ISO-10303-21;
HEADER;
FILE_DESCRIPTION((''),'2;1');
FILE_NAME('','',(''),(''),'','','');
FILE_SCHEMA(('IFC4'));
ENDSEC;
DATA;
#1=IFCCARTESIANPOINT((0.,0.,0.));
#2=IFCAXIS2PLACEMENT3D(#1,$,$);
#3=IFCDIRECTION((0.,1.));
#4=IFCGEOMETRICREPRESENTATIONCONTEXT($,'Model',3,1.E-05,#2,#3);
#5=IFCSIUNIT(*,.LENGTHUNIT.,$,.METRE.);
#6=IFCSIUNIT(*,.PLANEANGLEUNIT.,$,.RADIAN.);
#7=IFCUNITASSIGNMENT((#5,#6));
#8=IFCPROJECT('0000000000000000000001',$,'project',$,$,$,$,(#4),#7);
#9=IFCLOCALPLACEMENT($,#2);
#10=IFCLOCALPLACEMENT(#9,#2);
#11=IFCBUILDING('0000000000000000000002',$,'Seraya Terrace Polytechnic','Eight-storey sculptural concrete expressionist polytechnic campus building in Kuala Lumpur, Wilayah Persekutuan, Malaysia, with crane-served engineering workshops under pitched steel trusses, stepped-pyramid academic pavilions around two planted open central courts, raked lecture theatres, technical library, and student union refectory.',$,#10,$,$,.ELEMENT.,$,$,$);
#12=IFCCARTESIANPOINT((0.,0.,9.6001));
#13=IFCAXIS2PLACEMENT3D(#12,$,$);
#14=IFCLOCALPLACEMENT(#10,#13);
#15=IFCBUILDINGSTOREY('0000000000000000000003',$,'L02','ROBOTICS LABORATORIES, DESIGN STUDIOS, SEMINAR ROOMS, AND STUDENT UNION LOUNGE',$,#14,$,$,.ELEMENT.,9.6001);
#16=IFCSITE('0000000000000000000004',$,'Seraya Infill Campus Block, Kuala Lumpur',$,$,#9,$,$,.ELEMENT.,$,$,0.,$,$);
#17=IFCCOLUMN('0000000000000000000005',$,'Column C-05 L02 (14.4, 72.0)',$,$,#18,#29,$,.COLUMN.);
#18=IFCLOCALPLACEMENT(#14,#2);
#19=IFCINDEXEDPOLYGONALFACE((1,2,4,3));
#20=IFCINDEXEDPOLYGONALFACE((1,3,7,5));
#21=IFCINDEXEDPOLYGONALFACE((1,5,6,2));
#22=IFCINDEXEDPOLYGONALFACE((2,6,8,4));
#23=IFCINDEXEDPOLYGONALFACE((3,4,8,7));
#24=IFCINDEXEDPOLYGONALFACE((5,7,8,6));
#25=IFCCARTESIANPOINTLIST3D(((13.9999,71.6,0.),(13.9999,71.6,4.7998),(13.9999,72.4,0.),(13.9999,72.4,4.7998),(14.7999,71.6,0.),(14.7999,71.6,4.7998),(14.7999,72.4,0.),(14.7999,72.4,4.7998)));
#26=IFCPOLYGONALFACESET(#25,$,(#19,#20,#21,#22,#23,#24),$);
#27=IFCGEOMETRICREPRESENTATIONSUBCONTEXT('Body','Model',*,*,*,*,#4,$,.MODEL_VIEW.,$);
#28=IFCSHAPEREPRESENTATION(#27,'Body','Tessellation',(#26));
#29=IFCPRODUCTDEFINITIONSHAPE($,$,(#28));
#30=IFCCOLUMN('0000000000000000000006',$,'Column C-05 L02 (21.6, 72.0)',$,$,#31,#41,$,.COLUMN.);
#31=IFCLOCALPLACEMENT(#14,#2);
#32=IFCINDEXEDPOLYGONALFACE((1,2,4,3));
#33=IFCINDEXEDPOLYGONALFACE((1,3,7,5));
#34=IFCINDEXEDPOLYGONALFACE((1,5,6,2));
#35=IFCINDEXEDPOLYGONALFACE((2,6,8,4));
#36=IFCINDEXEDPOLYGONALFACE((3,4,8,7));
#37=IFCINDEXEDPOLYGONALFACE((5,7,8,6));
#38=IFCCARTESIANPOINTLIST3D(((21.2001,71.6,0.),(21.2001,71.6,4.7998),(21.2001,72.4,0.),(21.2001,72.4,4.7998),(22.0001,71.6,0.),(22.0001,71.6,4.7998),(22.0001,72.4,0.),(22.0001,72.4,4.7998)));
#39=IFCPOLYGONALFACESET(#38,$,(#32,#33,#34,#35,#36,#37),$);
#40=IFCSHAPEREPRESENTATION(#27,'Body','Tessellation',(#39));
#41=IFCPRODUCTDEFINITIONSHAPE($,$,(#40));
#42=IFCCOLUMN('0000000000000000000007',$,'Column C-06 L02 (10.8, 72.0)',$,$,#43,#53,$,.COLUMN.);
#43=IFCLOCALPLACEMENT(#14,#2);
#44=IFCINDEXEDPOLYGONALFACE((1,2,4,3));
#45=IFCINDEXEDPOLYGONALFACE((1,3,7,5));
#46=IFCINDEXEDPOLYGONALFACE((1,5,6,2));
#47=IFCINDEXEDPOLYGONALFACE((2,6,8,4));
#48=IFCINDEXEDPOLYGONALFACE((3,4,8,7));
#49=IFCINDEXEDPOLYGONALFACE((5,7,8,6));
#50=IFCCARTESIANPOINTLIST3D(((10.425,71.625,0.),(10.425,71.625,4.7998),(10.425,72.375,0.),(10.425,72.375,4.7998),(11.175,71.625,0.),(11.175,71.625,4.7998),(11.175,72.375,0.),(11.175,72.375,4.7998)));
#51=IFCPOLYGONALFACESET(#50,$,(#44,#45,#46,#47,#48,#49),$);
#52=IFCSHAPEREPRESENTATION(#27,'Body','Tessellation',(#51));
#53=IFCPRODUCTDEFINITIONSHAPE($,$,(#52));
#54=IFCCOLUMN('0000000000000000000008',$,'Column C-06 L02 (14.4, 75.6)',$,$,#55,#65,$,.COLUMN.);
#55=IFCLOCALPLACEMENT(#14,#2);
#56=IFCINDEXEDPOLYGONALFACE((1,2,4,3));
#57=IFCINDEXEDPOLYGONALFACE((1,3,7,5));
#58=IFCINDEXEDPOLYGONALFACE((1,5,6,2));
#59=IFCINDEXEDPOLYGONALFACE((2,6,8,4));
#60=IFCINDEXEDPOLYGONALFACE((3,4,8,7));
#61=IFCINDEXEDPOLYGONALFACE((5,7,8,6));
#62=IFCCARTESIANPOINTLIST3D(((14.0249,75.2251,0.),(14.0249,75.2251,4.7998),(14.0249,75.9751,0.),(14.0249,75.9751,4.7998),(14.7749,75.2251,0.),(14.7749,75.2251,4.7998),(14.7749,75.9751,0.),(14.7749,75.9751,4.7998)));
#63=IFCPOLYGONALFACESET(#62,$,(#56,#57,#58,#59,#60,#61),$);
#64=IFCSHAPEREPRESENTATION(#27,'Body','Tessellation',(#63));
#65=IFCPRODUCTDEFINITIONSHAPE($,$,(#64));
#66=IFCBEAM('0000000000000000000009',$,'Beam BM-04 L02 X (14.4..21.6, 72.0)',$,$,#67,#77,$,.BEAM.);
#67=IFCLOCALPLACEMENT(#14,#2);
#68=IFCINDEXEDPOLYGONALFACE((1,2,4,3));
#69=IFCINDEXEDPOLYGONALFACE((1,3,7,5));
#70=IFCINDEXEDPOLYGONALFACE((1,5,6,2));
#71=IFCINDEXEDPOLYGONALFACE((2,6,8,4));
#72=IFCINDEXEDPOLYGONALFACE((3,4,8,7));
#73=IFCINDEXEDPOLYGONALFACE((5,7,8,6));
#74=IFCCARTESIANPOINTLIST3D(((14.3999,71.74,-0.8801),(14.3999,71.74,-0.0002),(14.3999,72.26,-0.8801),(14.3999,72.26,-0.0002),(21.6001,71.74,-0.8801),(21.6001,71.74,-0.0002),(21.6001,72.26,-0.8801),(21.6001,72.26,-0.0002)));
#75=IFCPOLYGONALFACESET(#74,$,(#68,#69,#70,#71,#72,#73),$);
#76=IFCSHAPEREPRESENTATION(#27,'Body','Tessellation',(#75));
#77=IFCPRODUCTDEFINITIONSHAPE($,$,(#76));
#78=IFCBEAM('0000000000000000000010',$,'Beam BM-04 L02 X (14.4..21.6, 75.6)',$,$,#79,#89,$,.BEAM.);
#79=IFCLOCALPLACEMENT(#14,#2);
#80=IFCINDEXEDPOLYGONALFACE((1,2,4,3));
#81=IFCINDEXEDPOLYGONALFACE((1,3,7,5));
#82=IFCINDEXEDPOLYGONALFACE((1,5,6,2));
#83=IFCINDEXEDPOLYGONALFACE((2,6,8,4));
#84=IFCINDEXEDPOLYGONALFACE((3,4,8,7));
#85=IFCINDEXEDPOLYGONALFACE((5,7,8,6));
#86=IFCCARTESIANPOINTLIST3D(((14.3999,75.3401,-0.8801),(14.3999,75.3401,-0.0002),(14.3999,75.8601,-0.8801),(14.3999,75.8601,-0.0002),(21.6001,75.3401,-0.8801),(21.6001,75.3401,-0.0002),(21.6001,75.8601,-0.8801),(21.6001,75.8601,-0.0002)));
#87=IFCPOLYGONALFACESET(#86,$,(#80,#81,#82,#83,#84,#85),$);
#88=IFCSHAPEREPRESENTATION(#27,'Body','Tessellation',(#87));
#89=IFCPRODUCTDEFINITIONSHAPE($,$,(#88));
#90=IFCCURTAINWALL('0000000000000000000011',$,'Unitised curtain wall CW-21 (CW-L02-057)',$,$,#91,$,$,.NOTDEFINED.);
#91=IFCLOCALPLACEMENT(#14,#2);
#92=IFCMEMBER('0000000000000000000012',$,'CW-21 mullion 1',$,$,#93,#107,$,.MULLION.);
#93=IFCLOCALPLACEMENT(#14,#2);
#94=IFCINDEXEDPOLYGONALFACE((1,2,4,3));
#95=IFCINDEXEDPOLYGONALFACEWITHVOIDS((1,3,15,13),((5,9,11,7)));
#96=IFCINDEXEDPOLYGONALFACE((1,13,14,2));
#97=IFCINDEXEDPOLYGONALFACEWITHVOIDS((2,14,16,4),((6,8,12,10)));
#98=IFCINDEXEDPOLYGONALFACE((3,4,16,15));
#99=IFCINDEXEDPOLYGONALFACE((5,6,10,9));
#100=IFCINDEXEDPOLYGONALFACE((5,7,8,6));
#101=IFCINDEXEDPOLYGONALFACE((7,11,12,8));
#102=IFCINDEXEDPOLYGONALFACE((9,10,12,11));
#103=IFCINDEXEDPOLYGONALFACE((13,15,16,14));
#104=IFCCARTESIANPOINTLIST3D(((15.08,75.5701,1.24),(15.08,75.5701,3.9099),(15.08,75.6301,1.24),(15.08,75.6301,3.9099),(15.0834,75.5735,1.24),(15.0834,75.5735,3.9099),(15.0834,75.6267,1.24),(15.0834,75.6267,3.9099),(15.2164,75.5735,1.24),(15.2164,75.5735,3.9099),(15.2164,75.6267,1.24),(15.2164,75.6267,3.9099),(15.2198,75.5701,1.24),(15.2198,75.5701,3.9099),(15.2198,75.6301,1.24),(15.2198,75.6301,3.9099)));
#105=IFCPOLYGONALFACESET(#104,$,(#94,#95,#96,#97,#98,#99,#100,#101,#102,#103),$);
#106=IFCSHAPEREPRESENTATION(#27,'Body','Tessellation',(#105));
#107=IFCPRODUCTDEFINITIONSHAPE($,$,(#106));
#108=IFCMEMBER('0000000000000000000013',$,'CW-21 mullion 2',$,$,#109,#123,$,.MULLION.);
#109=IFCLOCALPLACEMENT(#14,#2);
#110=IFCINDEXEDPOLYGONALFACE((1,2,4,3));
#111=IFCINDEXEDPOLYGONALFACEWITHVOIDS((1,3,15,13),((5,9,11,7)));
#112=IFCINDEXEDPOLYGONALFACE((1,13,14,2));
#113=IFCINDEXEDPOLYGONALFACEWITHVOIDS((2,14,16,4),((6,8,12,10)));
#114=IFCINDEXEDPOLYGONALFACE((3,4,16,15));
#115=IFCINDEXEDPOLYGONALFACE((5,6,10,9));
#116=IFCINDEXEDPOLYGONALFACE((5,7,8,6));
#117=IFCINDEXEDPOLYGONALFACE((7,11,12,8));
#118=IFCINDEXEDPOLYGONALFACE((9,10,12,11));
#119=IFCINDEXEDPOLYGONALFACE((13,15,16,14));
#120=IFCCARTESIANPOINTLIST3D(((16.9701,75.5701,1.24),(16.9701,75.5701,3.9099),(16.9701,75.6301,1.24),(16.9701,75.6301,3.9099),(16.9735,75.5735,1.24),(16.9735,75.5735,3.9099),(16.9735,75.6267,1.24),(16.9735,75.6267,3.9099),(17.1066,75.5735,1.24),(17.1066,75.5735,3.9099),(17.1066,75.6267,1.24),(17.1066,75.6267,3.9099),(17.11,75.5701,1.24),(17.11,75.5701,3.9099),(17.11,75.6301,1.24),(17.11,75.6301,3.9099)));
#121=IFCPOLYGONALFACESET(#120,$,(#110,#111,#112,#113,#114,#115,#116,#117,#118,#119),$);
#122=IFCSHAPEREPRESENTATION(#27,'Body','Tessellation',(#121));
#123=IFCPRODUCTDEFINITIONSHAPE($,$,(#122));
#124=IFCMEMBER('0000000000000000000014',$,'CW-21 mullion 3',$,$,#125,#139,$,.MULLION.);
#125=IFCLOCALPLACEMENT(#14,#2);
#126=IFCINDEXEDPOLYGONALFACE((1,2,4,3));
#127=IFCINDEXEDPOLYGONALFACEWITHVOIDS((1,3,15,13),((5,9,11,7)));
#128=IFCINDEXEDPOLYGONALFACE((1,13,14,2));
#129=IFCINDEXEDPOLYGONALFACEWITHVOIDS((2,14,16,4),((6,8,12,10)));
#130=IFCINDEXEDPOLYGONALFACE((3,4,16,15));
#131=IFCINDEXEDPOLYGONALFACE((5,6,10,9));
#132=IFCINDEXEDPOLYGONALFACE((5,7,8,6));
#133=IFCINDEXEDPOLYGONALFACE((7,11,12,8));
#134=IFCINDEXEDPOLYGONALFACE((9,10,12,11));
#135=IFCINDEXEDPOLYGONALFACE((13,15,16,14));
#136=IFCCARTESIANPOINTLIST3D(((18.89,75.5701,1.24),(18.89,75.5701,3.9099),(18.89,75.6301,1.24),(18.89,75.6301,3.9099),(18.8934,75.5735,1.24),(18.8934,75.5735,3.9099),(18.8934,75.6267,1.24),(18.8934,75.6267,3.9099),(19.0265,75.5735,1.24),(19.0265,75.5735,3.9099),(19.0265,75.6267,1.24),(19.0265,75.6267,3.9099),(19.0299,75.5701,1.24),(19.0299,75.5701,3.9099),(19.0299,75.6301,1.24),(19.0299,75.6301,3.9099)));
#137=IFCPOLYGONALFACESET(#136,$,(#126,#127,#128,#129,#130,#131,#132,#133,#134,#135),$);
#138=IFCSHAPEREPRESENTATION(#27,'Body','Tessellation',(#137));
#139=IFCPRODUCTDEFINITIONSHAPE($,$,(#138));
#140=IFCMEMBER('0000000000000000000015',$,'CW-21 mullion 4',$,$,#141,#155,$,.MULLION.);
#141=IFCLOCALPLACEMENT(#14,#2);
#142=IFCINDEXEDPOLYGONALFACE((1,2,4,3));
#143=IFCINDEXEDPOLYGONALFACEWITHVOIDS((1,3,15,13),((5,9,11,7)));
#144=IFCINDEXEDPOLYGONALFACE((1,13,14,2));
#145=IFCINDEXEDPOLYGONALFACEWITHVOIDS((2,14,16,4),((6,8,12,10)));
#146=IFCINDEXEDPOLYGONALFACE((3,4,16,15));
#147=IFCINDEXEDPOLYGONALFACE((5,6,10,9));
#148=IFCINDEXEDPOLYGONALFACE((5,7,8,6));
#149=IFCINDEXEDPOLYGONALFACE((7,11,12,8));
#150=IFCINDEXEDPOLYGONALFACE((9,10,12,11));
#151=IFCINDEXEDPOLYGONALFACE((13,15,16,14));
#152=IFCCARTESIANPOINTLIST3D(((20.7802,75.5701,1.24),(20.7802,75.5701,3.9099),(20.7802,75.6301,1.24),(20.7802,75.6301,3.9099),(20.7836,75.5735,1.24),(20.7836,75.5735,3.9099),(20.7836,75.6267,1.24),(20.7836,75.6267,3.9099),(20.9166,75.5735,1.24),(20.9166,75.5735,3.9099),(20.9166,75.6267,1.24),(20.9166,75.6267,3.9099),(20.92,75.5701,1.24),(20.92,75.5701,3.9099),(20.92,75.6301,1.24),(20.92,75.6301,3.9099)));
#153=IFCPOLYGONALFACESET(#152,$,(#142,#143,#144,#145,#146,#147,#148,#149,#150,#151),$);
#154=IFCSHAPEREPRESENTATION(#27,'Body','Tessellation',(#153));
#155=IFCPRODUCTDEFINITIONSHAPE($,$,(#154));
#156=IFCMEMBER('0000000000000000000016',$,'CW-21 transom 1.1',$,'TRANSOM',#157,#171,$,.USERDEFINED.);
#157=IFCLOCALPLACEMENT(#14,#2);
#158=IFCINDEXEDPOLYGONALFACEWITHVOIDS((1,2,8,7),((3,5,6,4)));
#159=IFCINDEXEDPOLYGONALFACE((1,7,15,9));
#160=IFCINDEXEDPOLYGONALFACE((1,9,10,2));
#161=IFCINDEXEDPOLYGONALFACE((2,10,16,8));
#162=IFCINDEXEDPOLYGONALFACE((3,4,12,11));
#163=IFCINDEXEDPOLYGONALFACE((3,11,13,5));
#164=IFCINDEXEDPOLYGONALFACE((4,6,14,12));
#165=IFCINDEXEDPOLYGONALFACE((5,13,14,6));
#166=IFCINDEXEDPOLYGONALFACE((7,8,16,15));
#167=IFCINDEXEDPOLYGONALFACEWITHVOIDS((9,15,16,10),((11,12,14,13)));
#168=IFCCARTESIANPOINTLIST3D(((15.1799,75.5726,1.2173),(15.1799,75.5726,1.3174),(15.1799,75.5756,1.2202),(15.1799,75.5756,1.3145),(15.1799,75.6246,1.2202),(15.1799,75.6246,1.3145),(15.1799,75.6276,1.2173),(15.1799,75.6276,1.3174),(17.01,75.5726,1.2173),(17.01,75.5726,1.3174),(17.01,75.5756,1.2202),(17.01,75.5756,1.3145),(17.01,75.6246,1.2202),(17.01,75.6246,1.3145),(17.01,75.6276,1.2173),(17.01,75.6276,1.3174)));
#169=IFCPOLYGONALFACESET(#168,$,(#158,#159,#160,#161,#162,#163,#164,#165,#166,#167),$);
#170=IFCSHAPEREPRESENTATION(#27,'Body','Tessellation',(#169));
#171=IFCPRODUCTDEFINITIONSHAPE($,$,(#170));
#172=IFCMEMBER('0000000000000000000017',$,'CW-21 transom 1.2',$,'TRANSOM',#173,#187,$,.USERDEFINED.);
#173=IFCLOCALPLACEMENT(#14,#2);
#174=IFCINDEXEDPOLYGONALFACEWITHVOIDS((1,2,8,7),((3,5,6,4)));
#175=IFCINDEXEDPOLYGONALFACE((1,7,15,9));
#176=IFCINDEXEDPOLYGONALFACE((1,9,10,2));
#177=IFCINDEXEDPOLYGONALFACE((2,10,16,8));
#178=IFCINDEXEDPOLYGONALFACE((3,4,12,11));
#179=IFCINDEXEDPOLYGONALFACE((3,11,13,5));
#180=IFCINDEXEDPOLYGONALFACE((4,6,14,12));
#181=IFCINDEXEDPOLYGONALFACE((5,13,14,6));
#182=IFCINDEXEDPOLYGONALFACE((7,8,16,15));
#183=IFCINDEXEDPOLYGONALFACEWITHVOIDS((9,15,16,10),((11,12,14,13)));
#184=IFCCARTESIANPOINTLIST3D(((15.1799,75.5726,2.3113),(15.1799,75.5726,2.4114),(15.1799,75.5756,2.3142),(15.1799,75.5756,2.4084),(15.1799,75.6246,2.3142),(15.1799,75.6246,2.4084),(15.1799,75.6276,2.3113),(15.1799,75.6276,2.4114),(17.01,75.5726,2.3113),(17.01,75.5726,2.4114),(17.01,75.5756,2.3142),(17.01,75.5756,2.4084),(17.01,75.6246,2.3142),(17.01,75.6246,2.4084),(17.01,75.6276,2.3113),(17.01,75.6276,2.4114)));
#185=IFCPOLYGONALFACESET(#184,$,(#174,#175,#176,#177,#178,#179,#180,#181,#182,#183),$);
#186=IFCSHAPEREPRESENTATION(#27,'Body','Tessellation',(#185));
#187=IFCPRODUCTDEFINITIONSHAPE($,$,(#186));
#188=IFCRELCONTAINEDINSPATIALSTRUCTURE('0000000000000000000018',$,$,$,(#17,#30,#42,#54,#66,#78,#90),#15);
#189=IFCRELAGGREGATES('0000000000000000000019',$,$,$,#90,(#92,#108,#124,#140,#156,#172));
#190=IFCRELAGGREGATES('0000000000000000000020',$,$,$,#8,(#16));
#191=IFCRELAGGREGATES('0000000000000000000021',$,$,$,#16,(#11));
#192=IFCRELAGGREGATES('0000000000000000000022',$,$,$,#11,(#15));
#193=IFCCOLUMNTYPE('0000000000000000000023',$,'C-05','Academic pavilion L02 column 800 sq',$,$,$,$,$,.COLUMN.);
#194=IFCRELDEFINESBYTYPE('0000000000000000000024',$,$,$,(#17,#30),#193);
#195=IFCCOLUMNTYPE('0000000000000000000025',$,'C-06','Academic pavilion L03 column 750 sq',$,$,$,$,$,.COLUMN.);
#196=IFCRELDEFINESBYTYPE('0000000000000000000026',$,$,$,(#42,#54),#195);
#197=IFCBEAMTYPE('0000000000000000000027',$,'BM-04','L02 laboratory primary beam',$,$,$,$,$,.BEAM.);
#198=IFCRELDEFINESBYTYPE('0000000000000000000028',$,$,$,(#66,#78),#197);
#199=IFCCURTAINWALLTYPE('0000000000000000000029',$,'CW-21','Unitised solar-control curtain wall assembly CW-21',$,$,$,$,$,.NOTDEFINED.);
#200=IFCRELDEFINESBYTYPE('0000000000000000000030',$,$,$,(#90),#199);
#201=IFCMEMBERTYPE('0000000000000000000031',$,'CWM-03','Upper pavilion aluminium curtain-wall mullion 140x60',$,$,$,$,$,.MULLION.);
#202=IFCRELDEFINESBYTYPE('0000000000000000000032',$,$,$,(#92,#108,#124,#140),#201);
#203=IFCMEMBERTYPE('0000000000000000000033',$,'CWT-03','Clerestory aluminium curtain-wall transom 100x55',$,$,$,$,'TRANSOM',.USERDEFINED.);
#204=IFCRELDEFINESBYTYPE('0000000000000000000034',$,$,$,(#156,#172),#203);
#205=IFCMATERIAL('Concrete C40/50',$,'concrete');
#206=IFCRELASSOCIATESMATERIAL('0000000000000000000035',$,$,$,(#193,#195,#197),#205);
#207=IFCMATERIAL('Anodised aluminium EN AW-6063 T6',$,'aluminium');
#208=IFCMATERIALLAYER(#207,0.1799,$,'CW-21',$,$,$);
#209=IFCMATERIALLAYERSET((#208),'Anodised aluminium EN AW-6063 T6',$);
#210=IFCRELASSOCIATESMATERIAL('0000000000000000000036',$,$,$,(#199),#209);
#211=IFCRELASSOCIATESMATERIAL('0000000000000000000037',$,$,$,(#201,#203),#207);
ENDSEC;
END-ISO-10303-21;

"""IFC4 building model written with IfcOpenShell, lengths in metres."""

from ifc_helpers import new_model, si_unit, direction, frame, origin, origin_2d, place, context, subcontext, project, spatial, rectangle, hollow_rectangle, extrude, material, layer, layer_set, material_profile, profile_set, type_object, element, aggregate, save


model = new_model("IFC4")

# Units and contexts
model_context = context("Model", 3, precision=1e-05, world=origin(), true_north=direction((0.0, 1.0)))
body_context = subcontext(model_context, "Body", "Model", "MODEL_VIEW")
ifc_project = project(units=[si_unit("LENGTHUNIT", "METRE"), si_unit("PLANEANGLEUNIT", "RADIAN")], contexts=[model_context])

# Site, building, storey
site_placement = place(None, origin())
site = spatial("IfcSite", under=ifc_project, at=site_placement, Name="Seraya Infill Campus Block, Kuala Lumpur", CompositionType="ELEMENT", RefElevation=0.0)
building_placement = place(site_placement, origin())
building = spatial("IfcBuilding", under=site, at=building_placement, Name="Seraya Terrace Polytechnic", Description="Eight-storey sculptural concrete expressionist polytechnic campus building in Kuala Lumpur, Wilayah Persekutuan, Malaysia, with crane-served engineering workshops under pitched steel trusses, stepped-pyramid academic pavilions around two planted open central courts, raked lecture theatres, technical library, and student union refectory.", CompositionType="ELEMENT")
storey_placement = place(building_placement, frame((0.0, 0.0, 9.6001)))
storey = spatial("IfcBuildingStorey", under=building, at=storey_placement, Name="L02", Description="ROBOTICS LABORATORIES, DESIGN STUDIOS, SEMINAR ROOMS, AND STUDENT UNION LOUNGE", CompositionType="ELEMENT", Elevation=9.6001)

# Columns
ifc_material_1 = material(Name="Concrete C40/50", Category="concrete")
ifc_material_profile_1 = material_profile(ifc_material_1, rectangle(XDim=0.8, YDim=0.8, at=origin_2d()), Name="RC 800x800")
ifc_profile_set_1 = profile_set([ifc_material_profile_1], Name="Concrete C40/50")
column_type_1 = type_object("IfcColumnType", Name="C-05", Description="Academic pavilion L02 column 800 sq", PredefinedType="COLUMN", material=ifc_profile_set_1)
for number, where, z_axis, x_axis, name in (
    (1, (14.3999, 72.0, 0.0), (0.0, 0.0, 1.0), (1.0, 0.0, 0.0), "Column C-05 L02 (14.4, 72.0)"),
    (2, (21.6001, 72.0, 0.0), (0.0, 0.0, 1.0), (1.0, 0.0, 0.0), "Column C-05 L02 (21.6, 72.0)"),
):
    element("IfcColumn", number, at=place(storey_placement, frame(where, z_axis=z_axis, x_axis=x_axis)), inside=storey, type_object=column_type_1, Name=name, PredefinedType="COLUMN", context=body_context, shape_type="SweptSolid", body=[
        extrude(rectangle(XDim=0.8, YDim=0.8, at=origin_2d()), origin(), (0.0, 0.0, 1.0), 4.7998),
    ])
ifc_material_profile_2 = material_profile(ifc_material_1, rectangle(XDim=0.75, YDim=0.75, at=origin_2d()), Name="RC 750x750")
ifc_profile_set_2 = profile_set([ifc_material_profile_2], Name="Concrete C40/50")
column_type_2 = type_object("IfcColumnType", Name="C-06", Description="Academic pavilion L03 column 750 sq", PredefinedType="COLUMN", material=ifc_profile_set_2)
for number, where, z_axis, x_axis, name in (
    (3, (10.8, 72.0, 0.0), (0.0, 0.0, 1.0), (1.0, 0.0, 0.0), "Column C-06 L02 (10.8, 72.0)"),
    (4, (14.3999, 75.6001, 0.0), (0.0, 0.0, 1.0), (1.0, 0.0, 0.0), "Column C-06 L02 (14.4, 75.6)"),
):
    element("IfcColumn", number, at=place(storey_placement, frame(where, z_axis=z_axis, x_axis=x_axis)), inside=storey, type_object=column_type_2, Name=name, PredefinedType="COLUMN", context=body_context, shape_type="SweptSolid", body=[
        extrude(rectangle(XDim=0.75, YDim=0.75, at=origin_2d()), origin(), (0.0, 0.0, 1.0), 4.7998),
    ])

# Beams
ifc_material_profile_3 = material_profile(ifc_material_1, rectangle(XDim=0.52, YDim=0.8799, at=origin_2d()), Name="RC 520x880")
ifc_profile_set_3 = profile_set([ifc_material_profile_3], Name="Concrete C40/50")
beam_type_1 = type_object("IfcBeamType", Name="BM-04", Description="L02 laboratory primary beam", PredefinedType="BEAM", material=ifc_profile_set_3)
for number, where, z_axis, x_axis, name in (
    (5, (14.3999, 72.0, -0.4402), (1.0, 0.0, 0.0), (0.0, 1.0, 0.0), "Beam BM-04 L02 X (14.4..21.6, 72.0)"),
    (6, (14.3999, 75.6001, -0.4402), (1.0, 0.0, 0.0), (0.0, 1.0, 0.0), "Beam BM-04 L02 X (14.4..21.6, 75.6)"),
):
    element("IfcBeam", number, at=place(storey_placement, frame(where, z_axis=z_axis, x_axis=x_axis)), inside=storey, type_object=beam_type_1, Name=name, PredefinedType="BEAM", context=body_context, shape_type="SweptSolid", body=[
        extrude(rectangle(XDim=0.52, YDim=0.8799, at=origin_2d()), origin(), (0.0, 0.0, 1.0), 7.2002),
    ])

# Curtain wall, members
ifc_material_2 = material(Name="Anodised aluminium EN AW-6063 T6", Category="aluminium")
ifc_layer_1 = layer(ifc_material_2, 0.1799, Name="CW-21")
ifc_layer_set_1 = layer_set([ifc_layer_1], Name="Anodised aluminium EN AW-6063 T6")
curtain_wall_type = type_object("IfcCurtainWallType", Name="CW-21", Description="Unitised solar-control curtain wall assembly CW-21", PredefinedType="NOTDEFINED", material=ifc_layer_set_1)
curtain_wall_placement = place(storey_placement, origin())
curtain_wall = element("IfcCurtainWall", 7, at=curtain_wall_placement, inside=storey, type_object=curtain_wall_type, Name="Unitised curtain wall CW-21 (CW-L02-057)", PredefinedType="NOTDEFINED")
ifc_material_profile_4 = material_profile(ifc_material_2, hollow_rectangle(XDim=0.0601, YDim=0.1399, WallThickness=0.0034, at=origin_2d()), Name="RHS 140x60x3.5")
ifc_profile_set_4 = profile_set([ifc_material_profile_4], Name="Anodised aluminium EN AW-6063 T6")
member_type_1 = type_object("IfcMemberType", Name="CWM-03", Description="Upper pavilion aluminium curtain-wall mullion 140x60", PredefinedType="MULLION", material=ifc_profile_set_4)
member_1_placement = place(storey_placement, frame((15.1499, 75.6001, 1.24), z_axis=(0.0, 0.0, 1.0), x_axis=(0.0, 1.0, 0.0)))
member_1 = element("IfcMember", 8, at=member_1_placement, type_object=member_type_1, Name="CW-21 mullion 1", PredefinedType="MULLION", context=body_context, shape_type="SweptSolid", body=[
    extrude(hollow_rectangle(XDim=0.0601, YDim=0.1399, WallThickness=0.0034, at=origin_2d()), origin(), (0.0, 0.0, 1.0), 2.6699),
])
member_2_placement = place(storey_placement, frame((17.04, 75.6001, 1.24), z_axis=(0.0, 0.0, 1.0), x_axis=(0.0, 1.0, 0.0)))
member_2 = element("IfcMember", 9, at=member_2_placement, type_object=member_type_1, Name="CW-21 mullion 2", PredefinedType="MULLION", context=body_context, shape_type="SweptSolid", body=[
    extrude(hollow_rectangle(XDim=0.0601, YDim=0.1399, WallThickness=0.0034, at=origin_2d()), origin(), (0.0, 0.0, 1.0), 2.6699),
])
member_3_placement = place(storey_placement, frame((18.96, 75.6001, 1.24), z_axis=(0.0, 0.0, 1.0), x_axis=(0.0, 1.0, 0.0)))
member_3 = element("IfcMember", 10, at=member_3_placement, type_object=member_type_1, Name="CW-21 mullion 3", PredefinedType="MULLION", context=body_context, shape_type="SweptSolid", body=[
    extrude(hollow_rectangle(XDim=0.0601, YDim=0.1399, WallThickness=0.0034, at=origin_2d()), origin(), (0.0, 0.0, 1.0), 2.6699),
])
member_4_placement = place(storey_placement, frame((20.8501, 75.6001, 1.24), z_axis=(0.0, 0.0, 1.0), x_axis=(0.0, 1.0, 0.0)))
member_4 = element("IfcMember", 11, at=member_4_placement, type_object=member_type_1, Name="CW-21 mullion 4", PredefinedType="MULLION", context=body_context, shape_type="SweptSolid", body=[
    extrude(hollow_rectangle(XDim=0.0601, YDim=0.1399, WallThickness=0.0034, at=origin_2d()), origin(), (0.0, 0.0, 1.0), 2.6699),
])
ifc_material_profile_5 = material_profile(ifc_material_2, hollow_rectangle(XDim=0.0549, YDim=0.1001, WallThickness=0.0029, at=origin_2d()), Name="RHS 100x55x3.0")
ifc_profile_set_5 = profile_set([ifc_material_profile_5], Name="Anodised aluminium EN AW-6063 T6")
member_type_2 = type_object("IfcMemberType", Name="CWT-03", Description="Clerestory aluminium curtain-wall transom 100x55", ElementType="TRANSOM", PredefinedType="USERDEFINED", material=ifc_profile_set_5)
member_5_placement = place(storey_placement, frame((15.1799, 75.6001, 1.2673), z_axis=(1.0, 0.0, 0.0), x_axis=(0.0, 1.0, 0.0)))
member_5 = element("IfcMember", 12, at=member_5_placement, type_object=member_type_2, Name="CW-21 transom 1.1", ObjectType="TRANSOM", PredefinedType="USERDEFINED", context=body_context, shape_type="SweptSolid", body=[
    extrude(hollow_rectangle(XDim=0.0549, YDim=0.1001, WallThickness=0.0029, at=origin_2d()), origin(), (0.0, 0.0, 1.0), 1.8301),
])
member_6_placement = place(storey_placement, frame((15.1799, 75.6001, 2.3613), z_axis=(1.0, 0.0, 0.0), x_axis=(0.0, 1.0, 0.0)))
member_6 = element("IfcMember", 13, at=member_6_placement, type_object=member_type_2, Name="CW-21 transom 1.2", ObjectType="TRANSOM", PredefinedType="USERDEFINED", context=body_context, shape_type="SweptSolid", body=[
    extrude(hollow_rectangle(XDim=0.0549, YDim=0.1001, WallThickness=0.0029, at=origin_2d()), origin(), (0.0, 0.0, 1.0), 1.8301),
])

aggregate(curtain_wall, [member_1, member_2, member_3, member_4, member_5, member_6])

save(model, "model.ifc")
